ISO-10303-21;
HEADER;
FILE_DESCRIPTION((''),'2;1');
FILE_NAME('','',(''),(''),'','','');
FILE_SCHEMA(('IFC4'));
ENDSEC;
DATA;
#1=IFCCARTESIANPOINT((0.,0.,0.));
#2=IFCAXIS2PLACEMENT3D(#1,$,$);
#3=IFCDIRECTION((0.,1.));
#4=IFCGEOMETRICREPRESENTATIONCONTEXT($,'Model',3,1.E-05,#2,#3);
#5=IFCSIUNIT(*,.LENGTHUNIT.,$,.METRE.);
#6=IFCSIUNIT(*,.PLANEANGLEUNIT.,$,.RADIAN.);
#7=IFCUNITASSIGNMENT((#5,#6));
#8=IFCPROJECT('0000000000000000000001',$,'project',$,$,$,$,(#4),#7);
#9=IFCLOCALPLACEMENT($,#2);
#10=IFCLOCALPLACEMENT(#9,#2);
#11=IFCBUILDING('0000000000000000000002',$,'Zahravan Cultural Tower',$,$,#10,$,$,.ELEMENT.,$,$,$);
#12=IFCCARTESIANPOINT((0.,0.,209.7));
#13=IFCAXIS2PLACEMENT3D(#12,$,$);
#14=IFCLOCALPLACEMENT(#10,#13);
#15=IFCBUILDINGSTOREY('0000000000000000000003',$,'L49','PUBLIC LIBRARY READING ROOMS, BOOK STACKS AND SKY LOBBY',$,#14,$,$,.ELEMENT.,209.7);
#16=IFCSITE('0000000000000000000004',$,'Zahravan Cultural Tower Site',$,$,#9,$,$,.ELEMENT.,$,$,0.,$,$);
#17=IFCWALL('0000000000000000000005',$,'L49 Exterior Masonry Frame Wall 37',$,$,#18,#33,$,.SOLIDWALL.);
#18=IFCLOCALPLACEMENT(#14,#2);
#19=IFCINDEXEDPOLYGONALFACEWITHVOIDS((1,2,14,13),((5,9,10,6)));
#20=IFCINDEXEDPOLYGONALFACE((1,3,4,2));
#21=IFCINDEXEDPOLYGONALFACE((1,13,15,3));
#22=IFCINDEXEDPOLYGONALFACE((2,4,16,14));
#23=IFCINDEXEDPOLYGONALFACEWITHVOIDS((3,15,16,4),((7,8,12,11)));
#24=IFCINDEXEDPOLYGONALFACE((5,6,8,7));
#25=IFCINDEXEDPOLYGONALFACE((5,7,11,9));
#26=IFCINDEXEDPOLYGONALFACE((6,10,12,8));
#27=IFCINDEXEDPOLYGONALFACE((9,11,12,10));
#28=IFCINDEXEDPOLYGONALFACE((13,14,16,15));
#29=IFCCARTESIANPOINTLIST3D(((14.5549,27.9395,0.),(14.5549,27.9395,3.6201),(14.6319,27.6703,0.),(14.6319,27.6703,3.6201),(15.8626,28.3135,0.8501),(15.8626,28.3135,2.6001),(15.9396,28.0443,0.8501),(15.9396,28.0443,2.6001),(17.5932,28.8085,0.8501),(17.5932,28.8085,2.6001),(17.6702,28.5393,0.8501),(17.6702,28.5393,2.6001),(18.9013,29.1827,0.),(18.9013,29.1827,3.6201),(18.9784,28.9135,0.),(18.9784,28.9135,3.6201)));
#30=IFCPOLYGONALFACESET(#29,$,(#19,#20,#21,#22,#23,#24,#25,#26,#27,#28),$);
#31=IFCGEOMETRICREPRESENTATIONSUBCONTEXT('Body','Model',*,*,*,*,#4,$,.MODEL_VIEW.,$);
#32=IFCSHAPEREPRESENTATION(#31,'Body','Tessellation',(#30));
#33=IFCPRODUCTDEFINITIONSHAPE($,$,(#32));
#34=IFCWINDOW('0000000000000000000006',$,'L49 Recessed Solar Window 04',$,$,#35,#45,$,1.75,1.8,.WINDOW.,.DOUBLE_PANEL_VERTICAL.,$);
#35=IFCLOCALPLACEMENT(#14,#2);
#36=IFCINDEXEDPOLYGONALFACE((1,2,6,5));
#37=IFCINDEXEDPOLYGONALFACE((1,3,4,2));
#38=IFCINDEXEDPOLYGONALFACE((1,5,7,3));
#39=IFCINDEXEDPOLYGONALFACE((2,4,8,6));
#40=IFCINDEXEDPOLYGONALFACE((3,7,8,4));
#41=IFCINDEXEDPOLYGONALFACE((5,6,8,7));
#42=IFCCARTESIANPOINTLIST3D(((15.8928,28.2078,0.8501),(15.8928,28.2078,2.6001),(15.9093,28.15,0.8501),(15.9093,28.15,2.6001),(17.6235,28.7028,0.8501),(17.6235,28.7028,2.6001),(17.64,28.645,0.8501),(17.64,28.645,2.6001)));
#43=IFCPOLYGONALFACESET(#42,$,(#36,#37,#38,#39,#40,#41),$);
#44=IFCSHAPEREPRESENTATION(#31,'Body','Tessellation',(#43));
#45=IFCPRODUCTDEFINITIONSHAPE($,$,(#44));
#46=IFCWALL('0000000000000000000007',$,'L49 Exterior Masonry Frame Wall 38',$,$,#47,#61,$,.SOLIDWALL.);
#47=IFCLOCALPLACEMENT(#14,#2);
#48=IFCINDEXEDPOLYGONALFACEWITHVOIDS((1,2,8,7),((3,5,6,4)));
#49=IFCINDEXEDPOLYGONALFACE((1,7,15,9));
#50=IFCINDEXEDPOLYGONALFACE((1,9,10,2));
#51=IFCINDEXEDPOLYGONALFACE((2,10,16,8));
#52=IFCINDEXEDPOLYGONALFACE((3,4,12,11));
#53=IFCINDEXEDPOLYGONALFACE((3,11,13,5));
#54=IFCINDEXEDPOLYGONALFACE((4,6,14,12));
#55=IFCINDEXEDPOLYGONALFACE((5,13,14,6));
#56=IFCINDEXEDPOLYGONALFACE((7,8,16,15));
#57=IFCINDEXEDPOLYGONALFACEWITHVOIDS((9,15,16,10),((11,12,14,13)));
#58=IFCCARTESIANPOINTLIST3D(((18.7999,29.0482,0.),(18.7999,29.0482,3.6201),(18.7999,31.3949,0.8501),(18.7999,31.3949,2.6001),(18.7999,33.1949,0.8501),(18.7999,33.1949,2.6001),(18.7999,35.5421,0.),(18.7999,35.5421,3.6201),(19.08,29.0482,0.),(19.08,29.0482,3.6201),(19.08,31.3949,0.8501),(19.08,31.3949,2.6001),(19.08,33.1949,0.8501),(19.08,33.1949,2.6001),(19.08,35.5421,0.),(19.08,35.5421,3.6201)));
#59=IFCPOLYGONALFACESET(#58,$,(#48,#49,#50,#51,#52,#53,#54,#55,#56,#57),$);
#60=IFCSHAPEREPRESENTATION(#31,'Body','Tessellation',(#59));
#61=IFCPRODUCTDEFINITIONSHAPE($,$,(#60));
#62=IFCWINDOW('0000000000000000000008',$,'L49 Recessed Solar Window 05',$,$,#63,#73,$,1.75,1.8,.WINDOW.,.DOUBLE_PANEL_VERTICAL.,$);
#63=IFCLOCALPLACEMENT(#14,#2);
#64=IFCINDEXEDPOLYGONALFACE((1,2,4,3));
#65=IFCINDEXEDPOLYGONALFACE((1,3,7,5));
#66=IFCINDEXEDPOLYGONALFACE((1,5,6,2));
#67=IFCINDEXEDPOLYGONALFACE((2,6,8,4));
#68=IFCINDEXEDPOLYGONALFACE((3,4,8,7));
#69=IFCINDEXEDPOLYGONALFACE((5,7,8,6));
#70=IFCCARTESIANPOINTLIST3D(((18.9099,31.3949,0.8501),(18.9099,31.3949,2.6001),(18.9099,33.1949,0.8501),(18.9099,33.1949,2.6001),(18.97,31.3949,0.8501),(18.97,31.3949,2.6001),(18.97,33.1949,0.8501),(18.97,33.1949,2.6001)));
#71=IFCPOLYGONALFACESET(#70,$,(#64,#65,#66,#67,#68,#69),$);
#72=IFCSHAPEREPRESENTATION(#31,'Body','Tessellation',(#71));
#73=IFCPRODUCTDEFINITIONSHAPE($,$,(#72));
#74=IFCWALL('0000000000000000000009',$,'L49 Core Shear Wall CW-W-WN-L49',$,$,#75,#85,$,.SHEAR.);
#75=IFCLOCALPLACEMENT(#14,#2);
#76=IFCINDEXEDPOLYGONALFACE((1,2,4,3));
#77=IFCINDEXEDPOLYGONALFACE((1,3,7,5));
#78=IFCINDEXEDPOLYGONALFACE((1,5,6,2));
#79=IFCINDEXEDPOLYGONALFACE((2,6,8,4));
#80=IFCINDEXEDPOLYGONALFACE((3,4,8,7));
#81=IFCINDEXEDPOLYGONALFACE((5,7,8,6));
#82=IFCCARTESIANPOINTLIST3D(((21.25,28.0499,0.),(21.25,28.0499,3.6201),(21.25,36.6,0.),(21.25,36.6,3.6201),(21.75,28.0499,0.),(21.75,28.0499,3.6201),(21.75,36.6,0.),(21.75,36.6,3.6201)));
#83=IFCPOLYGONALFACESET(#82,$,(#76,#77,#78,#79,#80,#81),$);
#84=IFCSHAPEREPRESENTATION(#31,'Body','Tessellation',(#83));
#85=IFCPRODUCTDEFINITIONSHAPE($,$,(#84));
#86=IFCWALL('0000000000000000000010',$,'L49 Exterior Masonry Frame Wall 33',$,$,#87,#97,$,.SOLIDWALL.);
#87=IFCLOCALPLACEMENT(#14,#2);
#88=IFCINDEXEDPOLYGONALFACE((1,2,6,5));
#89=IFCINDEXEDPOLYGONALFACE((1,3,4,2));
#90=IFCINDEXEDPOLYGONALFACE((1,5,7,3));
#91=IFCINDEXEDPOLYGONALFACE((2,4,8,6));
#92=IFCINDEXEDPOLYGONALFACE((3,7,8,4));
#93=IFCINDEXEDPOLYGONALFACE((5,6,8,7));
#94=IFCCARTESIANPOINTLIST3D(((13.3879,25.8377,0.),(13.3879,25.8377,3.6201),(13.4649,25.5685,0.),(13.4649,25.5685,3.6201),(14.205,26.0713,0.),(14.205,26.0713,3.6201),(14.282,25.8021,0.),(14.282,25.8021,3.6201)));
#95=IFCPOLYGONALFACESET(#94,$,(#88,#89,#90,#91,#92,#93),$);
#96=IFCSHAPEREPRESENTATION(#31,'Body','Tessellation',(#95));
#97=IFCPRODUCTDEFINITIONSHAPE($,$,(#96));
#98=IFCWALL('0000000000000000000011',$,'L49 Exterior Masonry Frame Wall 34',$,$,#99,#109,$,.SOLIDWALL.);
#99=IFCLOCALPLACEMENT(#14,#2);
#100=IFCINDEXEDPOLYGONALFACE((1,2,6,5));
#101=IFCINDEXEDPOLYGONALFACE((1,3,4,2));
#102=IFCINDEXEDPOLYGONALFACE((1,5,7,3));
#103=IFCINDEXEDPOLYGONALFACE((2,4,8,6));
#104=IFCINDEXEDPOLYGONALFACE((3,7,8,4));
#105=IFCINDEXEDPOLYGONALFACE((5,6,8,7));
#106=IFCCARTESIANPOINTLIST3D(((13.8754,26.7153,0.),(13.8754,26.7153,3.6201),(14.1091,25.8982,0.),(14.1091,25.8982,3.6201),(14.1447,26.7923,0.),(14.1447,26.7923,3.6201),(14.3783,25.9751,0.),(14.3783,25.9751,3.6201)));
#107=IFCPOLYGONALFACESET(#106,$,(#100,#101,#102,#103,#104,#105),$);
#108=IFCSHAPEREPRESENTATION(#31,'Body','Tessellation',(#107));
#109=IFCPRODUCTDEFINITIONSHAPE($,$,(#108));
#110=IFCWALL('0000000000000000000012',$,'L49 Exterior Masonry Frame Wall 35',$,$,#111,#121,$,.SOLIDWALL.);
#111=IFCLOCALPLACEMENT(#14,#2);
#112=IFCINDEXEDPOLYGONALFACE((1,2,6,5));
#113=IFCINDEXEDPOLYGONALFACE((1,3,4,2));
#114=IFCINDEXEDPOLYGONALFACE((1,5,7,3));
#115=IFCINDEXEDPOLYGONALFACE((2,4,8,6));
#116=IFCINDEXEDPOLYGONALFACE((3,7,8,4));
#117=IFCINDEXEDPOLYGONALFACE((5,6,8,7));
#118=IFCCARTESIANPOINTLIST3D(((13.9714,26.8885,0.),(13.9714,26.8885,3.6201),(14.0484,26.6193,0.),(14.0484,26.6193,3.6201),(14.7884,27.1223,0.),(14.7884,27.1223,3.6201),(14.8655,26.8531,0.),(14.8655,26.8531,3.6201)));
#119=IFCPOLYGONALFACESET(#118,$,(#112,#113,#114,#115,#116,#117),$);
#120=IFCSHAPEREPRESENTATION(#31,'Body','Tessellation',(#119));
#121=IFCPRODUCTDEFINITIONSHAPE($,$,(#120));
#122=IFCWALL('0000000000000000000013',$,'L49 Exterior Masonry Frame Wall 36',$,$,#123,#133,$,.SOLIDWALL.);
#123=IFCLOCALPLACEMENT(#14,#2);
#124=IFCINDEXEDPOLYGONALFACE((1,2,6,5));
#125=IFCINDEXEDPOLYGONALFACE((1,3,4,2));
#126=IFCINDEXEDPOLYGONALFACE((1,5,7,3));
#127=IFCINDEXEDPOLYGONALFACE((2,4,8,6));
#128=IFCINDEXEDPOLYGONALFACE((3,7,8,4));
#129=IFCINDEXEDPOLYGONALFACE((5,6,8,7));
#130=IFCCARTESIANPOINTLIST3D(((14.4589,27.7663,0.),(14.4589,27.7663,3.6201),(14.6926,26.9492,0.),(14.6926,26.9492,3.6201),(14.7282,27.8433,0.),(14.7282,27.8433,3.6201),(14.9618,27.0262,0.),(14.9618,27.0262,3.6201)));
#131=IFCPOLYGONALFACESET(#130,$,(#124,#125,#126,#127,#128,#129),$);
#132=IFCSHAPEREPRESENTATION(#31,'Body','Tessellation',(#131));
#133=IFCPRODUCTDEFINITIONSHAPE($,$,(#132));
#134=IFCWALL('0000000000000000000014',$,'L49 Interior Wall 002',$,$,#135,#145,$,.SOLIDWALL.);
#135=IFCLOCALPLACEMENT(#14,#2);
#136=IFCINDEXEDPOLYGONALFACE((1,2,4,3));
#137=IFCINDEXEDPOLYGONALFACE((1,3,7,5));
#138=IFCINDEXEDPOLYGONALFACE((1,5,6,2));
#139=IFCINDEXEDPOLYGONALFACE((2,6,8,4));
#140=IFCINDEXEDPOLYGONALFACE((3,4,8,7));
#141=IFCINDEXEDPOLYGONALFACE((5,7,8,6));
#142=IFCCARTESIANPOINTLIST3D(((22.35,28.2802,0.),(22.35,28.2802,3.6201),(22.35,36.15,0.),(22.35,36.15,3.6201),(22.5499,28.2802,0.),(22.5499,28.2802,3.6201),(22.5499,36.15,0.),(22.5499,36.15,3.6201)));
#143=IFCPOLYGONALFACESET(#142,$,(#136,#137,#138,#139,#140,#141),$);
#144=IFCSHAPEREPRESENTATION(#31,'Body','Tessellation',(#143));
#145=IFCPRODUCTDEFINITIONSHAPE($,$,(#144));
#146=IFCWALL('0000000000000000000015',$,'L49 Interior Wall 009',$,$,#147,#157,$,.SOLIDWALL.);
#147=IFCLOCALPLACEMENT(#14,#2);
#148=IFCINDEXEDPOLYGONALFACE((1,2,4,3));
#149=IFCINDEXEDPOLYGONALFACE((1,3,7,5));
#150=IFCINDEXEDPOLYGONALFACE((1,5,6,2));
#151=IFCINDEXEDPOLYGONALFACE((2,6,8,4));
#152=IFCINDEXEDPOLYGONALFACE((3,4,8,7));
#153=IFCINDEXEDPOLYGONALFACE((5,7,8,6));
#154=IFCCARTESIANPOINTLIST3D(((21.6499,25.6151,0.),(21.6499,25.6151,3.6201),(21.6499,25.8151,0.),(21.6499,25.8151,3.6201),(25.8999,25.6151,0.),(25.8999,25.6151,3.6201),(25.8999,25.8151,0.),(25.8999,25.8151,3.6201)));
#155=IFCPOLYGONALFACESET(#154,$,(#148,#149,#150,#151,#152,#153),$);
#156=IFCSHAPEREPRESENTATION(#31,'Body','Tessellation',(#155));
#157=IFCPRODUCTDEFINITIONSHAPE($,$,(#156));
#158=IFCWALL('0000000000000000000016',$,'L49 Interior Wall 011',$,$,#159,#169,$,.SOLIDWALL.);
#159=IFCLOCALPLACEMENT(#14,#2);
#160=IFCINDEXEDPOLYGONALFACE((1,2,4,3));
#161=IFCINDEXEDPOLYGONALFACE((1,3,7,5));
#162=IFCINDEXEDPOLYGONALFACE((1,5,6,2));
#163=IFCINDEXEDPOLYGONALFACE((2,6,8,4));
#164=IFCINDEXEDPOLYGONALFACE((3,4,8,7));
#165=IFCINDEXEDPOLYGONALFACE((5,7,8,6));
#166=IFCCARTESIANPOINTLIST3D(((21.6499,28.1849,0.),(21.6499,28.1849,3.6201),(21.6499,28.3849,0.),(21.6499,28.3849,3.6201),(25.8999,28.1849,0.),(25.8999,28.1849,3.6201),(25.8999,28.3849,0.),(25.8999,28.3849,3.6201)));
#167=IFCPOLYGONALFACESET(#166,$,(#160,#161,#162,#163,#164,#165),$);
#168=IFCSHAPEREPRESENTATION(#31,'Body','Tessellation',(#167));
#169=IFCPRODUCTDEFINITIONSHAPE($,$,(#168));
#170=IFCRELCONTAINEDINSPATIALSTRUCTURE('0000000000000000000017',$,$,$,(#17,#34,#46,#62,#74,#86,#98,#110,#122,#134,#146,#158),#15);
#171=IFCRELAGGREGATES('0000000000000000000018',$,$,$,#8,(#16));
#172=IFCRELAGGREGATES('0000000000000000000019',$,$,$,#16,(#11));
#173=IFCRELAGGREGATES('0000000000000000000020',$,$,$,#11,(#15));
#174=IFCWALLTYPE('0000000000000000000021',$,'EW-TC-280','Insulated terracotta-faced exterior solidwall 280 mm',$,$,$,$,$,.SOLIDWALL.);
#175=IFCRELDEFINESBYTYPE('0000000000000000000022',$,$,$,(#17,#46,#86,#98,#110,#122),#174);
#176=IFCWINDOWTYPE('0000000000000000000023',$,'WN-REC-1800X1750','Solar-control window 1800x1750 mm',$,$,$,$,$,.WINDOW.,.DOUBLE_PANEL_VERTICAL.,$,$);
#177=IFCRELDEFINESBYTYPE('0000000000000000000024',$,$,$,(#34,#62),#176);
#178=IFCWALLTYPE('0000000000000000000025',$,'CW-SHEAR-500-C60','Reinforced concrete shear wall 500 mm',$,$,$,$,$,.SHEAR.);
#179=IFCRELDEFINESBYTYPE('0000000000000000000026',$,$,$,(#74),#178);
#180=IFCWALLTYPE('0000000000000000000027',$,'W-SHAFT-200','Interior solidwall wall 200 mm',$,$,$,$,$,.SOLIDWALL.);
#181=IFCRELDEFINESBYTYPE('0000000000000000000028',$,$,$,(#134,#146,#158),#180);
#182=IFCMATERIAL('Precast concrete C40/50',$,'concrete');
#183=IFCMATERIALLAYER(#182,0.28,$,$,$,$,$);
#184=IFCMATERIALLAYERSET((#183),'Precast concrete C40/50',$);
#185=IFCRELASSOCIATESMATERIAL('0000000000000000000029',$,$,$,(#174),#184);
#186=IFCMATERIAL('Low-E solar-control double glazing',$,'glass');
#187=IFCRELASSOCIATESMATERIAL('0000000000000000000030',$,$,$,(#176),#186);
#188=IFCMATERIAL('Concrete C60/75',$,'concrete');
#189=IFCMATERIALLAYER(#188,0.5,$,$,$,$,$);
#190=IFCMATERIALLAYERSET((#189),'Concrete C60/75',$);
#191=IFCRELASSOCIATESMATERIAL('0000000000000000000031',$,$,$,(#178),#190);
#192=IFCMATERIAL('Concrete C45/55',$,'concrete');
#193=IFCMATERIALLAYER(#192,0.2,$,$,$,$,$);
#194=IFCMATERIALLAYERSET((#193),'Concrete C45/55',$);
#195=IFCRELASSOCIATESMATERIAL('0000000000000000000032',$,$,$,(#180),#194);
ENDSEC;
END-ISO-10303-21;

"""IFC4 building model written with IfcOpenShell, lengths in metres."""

from ifc_helpers import new_model, si_unit, direction, frame, frame_2d, origin, place, context, subcontext, project, spatial, rectangle, extrude, source, transform, mapped, material, layer, layer_set, type_object, element, fill, save


model = new_model("IFC4")

# Units and contexts
model_context = context("Model", 3, precision=1e-05, world=origin(), true_north=direction((0.0, 1.0)))
body_context = subcontext(model_context, "Body", "Model", "MODEL_VIEW")
ifc_project = project(units=[si_unit("LENGTHUNIT", "METRE"), si_unit("PLANEANGLEUNIT", "RADIAN")], contexts=[model_context])

# Site, building, storey
site_placement = place(None, origin())
site = spatial("IfcSite", under=ifc_project, at=site_placement, Name="Zahravan Cultural Tower Site", CompositionType="ELEMENT", RefElevation=0.0)
building_placement = place(site_placement, origin())
building = spatial("IfcBuilding", under=site, at=building_placement, Name="Zahravan Cultural Tower", CompositionType="ELEMENT")
storey_placement = place(building_placement, frame((0.0, 0.0, 209.7)))
storey = spatial("IfcBuildingStorey", under=building, at=storey_placement, Name="L49", Description="PUBLIC LIBRARY READING ROOMS, BOOK STACKS AND SKY LOBBY", CompositionType="ELEMENT", Elevation=209.7)

# Walls, openings, windows
ifc_material_1 = material(Name="Precast concrete C40/50", Category="concrete")
ifc_layer_1 = layer(ifc_material_1, 0.28)
ifc_layer_set_1 = layer_set([ifc_layer_1], Name="Precast concrete C40/50")
wall_type_1 = type_object("IfcWallType", Name="EW-TC-280", Description="Insulated terracotta-faced exterior solidwall 280 mm", PredefinedType="SOLIDWALL", material=ifc_layer_set_1)
wall_1_placement = place(storey_placement, frame((14.5935, 27.8049, 0.0), z_axis=(0.0, 0.0, 1.0), x_axis=(0.961446, 0.274992, 0.0)))
wall_1 = element("IfcWall", 1, at=wall_1_placement, inside=storey, type_object=wall_type_1, Name="L49 Exterior Masonry Frame Wall 37", PredefinedType="SOLIDWALL", context=body_context, shape_type="SweptSolid", body=[
    extrude(rectangle(XDim=4.5208, YDim=0.28, at=frame_2d((2.2603, 0.0))), origin(), (0.0, 0.0, 1.0), 3.6201),
])
opening_1_placement = place(wall_1_placement, frame((1.3601, 0.0, 0.8501)))
opening_1 = element("IfcOpeningElement", 2, at=opening_1_placement, cuts=wall_1, PredefinedType="OPENING", context=body_context, shape_type="SweptSolid", body=[
    extrude(rectangle(XDim=1.8, YDim=1.75, at=frame_2d((0.8999, 0.875))), frame((0.0, 0.1499, 0.0), z_axis=(0.0, -1.0, 0.0), x_axis=(1.0, 0.0, 0.0)), (0.0, 0.0, 1.0), 0.3),
])
ifc_material_2 = material(Name="Low-E solar-control double glazing", Category="glass")
window_type = type_object("IfcWindowType", Name="WN-REC-1800X1750", Description="Solar-control window 1800x1750 mm", PartitioningType="DOUBLE_PANEL_VERTICAL", PredefinedType="WINDOW", material=ifc_material_2)
shared_shape_1 = source(origin(), body_context, "Body", "SweptSolid", [
    extrude(rectangle(XDim=1.8, YDim=1.75, at=frame_2d((0.8999, 0.875))), frame((0.0, 0.03, 0.0), z_axis=(0.0, -1.0, 0.0), x_axis=(1.0, 0.0, 0.0)), (0.0, 0.0, 1.0), 0.0601),
])
window_1_placement = place(opening_1_placement, origin())
window_1 = element("IfcWindow", 3, at=window_1_placement, inside=storey, type_object=window_type, Name="L49 Recessed Solar Window 04", OverallHeight=1.75, OverallWidth=1.8, PartitioningType="DOUBLE_PANEL_VERTICAL", PredefinedType="WINDOW", context=body_context, shape_type="MappedRepresentation", body=[
    mapped(shared_shape_1, transform((0.0, 0.0, 0.0), x_axis=(1.0, 0.0, 0.0), y_axis=(0.0, 1.0, 0.0), z_axis=(0.0, 0.0, 1.0), scale=1.0)),
])
fill(opening_1, window_1)
wall_2_placement = place(storey_placement, frame((18.9399, 29.0481, 0.0), z_axis=(0.0, 0.0, 1.0), x_axis=(0.0, 1.0, 0.0)))
wall_2 = element("IfcWall", 4, at=wall_2_placement, inside=storey, type_object=wall_type_1, Name="L49 Exterior Masonry Frame Wall 38", PredefinedType="SOLIDWALL", context=body_context, shape_type="SweptSolid", body=[
    extrude(rectangle(XDim=6.4939, YDim=0.28, at=frame_2d((3.2471, 0.0))), origin(), (0.0, 0.0, 1.0), 3.6201),
])
opening_2_placement = place(wall_2_placement, frame((2.3469, 0.0, 0.8501)))
opening_2 = element("IfcOpeningElement", 5, at=opening_2_placement, cuts=wall_2, PredefinedType="OPENING", context=body_context, shape_type="SweptSolid", body=[
    extrude(rectangle(XDim=1.8, YDim=1.75, at=frame_2d((0.8999, 0.875))), frame((0.0, 0.1499, 0.0), z_axis=(0.0, -1.0, 0.0), x_axis=(1.0, 0.0, 0.0)), (0.0, 0.0, 1.0), 0.3),
])
window_2_placement = place(opening_2_placement, origin())
window_2 = element("IfcWindow", 6, at=window_2_placement, inside=storey, type_object=window_type, Name="L49 Recessed Solar Window 05", OverallHeight=1.75, OverallWidth=1.8, PartitioningType="DOUBLE_PANEL_VERTICAL", PredefinedType="WINDOW", context=body_context, shape_type="MappedRepresentation", body=[
    mapped(shared_shape_1, transform((0.0, 0.0, 0.0), x_axis=(1.0, 0.0, 0.0), y_axis=(0.0, 1.0, 0.0), z_axis=(0.0, 0.0, 1.0), scale=1.0)),
])
fill(opening_2, window_2)

# Walls
ifc_material_3 = material(Name="Concrete C60/75", Category="concrete")
ifc_layer_2 = layer(ifc_material_3, 0.5)
ifc_layer_set_2 = layer_set([ifc_layer_2], Name="Concrete C60/75")
wall_type_2 = type_object("IfcWallType", Name="CW-SHEAR-500-C60", Description="Reinforced concrete shear wall 500 mm", PredefinedType="SHEAR", material=ifc_layer_set_2)
shared_shape_2 = source(origin(), body_context, "Body", "SweptSolid", [
    extrude(rectangle(XDim=8.55, YDim=0.5, at=frame_2d((4.2749, 0.0))), origin(), (0.0, 0.0, 1.0), 3.6201),
])
wall_3_placement = place(storey_placement, frame((21.5, 28.05, 0.0), z_axis=(0.0, 0.0, 1.0), x_axis=(0.0, 1.0, 0.0)))
element("IfcWall", 7, at=wall_3_placement, inside=storey, type_object=wall_type_2, Name="L49 Core Shear Wall CW-W-WN-L49", PredefinedType="SHEAR", context=body_context, shape_type="MappedRepresentation", body=[
    mapped(shared_shape_2, transform((0.0, 0.0, 0.0), x_axis=(1.0, 0.0, 0.0), y_axis=(0.0, 1.0, 0.0), z_axis=(0.0, 0.0, 1.0), scale=1.0)),
])
shared_shape_3 = source(origin(), body_context, "Body", "SweptSolid", [
    extrude(rectangle(XDim=0.8499, YDim=0.28, at=frame_2d((0.4248, 0.0))), origin(), (0.0, 0.0, 1.0), 3.6201),
])
for number, where, z_axis, x_axis, name in (
    (8, (13.4265, 25.7031, 0.0), (0.0, 0.0, 1.0), (0.96147, 0.274911, 0.0), "L49 Exterior Masonry Frame Wall 33"),
    (9, (14.2437, 25.9368, 0.0), (0.0, 0.0, 1.0), (-0.274911, 0.96147, 0.0), "L49 Exterior Masonry Frame Wall 34"),
    (10, (14.01, 26.7539, 0.0), (0.0, 0.0, 1.0), (0.961394, 0.275176, 0.0), "L49 Exterior Masonry Frame Wall 35"),
    (11, (14.8271, 26.9878, 0.0), (0.0, 0.0, 1.0), (-0.274911, 0.96147, 0.0), "L49 Exterior Masonry Frame Wall 36"),
):
    element("IfcWall", number, at=place(storey_placement, frame(where, z_axis=z_axis, x_axis=x_axis)), inside=storey, type_object=wall_type_1, Name=name, PredefinedType="SOLIDWALL", context=body_context, shape_type="MappedRepresentation", body=[
        mapped(shared_shape_3, transform((0.0, 0.0, 0.0), x_axis=(1.0, 0.0, 0.0), y_axis=(0.0, 1.0, 0.0), z_axis=(0.0, 0.0, 1.0), scale=1.0)),
    ])
ifc_material_4 = material(Name="Concrete C45/55", Category="concrete")
ifc_layer_3 = layer(ifc_material_4, 0.2)
ifc_layer_set_3 = layer_set([ifc_layer_3], Name="Concrete C45/55")
wall_type_3 = type_object("IfcWallType", Name="W-SHAFT-200", Description="Interior solidwall wall 200 mm", PredefinedType="SOLIDWALL", material=ifc_layer_set_3)
shared_shape_4 = source(origin(), body_context, "Body", "SweptSolid", [
    extrude(rectangle(XDim=7.8699, YDim=0.2, at=frame_2d((3.9351, 0.0))), origin(), (0.0, 0.0, 1.0), 3.6201),
])
wall_4_placement = place(storey_placement, frame((22.45, 28.28, 0.0), z_axis=(0.0, 0.0, 1.0), x_axis=(0.0, 1.0, 0.0)))
element("IfcWall", 12, at=wall_4_placement, inside=storey, type_object=wall_type_3, Name="L49 Interior Wall 002", PredefinedType="SOLIDWALL", context=body_context, shape_type="MappedRepresentation", body=[
    mapped(shared_shape_4, transform((0.0, 0.0, 0.0), x_axis=(1.0, 0.0, 0.0), y_axis=(0.0, 1.0, 0.0), z_axis=(0.0, 0.0, 1.0), scale=1.0)),
])
shared_shape_5 = source(origin(), body_context, "Body", "SweptSolid", [
    extrude(rectangle(XDim=4.25, YDim=0.2, at=frame_2d((2.125, 0.0))), origin(), (0.0, 0.0, 1.0), 3.6201),
])
for number, where, z_axis, x_axis, name in (
    (13, (21.6499, 25.7151, 0.0), (0.0, 0.0, 1.0), (1.0, 0.0, 0.0), "L49 Interior Wall 009"),
    (14, (21.6499, 28.2849, 0.0), (0.0, 0.0, 1.0), (1.0, 0.0, 0.0), "L49 Interior Wall 011"),
):
    element("IfcWall", number, at=place(storey_placement, frame(where, z_axis=z_axis, x_axis=x_axis)), inside=storey, type_object=wall_type_3, Name=name, PredefinedType="SOLIDWALL", context=body_context, shape_type="MappedRepresentation", body=[
        mapped(shared_shape_5, transform((0.0, 0.0, 0.0), x_axis=(1.0, 0.0, 0.0), y_axis=(0.0, 1.0, 0.0), z_axis=(0.0, 0.0, 1.0), scale=1.0)),
    ])

save(model, "model.ifc")
